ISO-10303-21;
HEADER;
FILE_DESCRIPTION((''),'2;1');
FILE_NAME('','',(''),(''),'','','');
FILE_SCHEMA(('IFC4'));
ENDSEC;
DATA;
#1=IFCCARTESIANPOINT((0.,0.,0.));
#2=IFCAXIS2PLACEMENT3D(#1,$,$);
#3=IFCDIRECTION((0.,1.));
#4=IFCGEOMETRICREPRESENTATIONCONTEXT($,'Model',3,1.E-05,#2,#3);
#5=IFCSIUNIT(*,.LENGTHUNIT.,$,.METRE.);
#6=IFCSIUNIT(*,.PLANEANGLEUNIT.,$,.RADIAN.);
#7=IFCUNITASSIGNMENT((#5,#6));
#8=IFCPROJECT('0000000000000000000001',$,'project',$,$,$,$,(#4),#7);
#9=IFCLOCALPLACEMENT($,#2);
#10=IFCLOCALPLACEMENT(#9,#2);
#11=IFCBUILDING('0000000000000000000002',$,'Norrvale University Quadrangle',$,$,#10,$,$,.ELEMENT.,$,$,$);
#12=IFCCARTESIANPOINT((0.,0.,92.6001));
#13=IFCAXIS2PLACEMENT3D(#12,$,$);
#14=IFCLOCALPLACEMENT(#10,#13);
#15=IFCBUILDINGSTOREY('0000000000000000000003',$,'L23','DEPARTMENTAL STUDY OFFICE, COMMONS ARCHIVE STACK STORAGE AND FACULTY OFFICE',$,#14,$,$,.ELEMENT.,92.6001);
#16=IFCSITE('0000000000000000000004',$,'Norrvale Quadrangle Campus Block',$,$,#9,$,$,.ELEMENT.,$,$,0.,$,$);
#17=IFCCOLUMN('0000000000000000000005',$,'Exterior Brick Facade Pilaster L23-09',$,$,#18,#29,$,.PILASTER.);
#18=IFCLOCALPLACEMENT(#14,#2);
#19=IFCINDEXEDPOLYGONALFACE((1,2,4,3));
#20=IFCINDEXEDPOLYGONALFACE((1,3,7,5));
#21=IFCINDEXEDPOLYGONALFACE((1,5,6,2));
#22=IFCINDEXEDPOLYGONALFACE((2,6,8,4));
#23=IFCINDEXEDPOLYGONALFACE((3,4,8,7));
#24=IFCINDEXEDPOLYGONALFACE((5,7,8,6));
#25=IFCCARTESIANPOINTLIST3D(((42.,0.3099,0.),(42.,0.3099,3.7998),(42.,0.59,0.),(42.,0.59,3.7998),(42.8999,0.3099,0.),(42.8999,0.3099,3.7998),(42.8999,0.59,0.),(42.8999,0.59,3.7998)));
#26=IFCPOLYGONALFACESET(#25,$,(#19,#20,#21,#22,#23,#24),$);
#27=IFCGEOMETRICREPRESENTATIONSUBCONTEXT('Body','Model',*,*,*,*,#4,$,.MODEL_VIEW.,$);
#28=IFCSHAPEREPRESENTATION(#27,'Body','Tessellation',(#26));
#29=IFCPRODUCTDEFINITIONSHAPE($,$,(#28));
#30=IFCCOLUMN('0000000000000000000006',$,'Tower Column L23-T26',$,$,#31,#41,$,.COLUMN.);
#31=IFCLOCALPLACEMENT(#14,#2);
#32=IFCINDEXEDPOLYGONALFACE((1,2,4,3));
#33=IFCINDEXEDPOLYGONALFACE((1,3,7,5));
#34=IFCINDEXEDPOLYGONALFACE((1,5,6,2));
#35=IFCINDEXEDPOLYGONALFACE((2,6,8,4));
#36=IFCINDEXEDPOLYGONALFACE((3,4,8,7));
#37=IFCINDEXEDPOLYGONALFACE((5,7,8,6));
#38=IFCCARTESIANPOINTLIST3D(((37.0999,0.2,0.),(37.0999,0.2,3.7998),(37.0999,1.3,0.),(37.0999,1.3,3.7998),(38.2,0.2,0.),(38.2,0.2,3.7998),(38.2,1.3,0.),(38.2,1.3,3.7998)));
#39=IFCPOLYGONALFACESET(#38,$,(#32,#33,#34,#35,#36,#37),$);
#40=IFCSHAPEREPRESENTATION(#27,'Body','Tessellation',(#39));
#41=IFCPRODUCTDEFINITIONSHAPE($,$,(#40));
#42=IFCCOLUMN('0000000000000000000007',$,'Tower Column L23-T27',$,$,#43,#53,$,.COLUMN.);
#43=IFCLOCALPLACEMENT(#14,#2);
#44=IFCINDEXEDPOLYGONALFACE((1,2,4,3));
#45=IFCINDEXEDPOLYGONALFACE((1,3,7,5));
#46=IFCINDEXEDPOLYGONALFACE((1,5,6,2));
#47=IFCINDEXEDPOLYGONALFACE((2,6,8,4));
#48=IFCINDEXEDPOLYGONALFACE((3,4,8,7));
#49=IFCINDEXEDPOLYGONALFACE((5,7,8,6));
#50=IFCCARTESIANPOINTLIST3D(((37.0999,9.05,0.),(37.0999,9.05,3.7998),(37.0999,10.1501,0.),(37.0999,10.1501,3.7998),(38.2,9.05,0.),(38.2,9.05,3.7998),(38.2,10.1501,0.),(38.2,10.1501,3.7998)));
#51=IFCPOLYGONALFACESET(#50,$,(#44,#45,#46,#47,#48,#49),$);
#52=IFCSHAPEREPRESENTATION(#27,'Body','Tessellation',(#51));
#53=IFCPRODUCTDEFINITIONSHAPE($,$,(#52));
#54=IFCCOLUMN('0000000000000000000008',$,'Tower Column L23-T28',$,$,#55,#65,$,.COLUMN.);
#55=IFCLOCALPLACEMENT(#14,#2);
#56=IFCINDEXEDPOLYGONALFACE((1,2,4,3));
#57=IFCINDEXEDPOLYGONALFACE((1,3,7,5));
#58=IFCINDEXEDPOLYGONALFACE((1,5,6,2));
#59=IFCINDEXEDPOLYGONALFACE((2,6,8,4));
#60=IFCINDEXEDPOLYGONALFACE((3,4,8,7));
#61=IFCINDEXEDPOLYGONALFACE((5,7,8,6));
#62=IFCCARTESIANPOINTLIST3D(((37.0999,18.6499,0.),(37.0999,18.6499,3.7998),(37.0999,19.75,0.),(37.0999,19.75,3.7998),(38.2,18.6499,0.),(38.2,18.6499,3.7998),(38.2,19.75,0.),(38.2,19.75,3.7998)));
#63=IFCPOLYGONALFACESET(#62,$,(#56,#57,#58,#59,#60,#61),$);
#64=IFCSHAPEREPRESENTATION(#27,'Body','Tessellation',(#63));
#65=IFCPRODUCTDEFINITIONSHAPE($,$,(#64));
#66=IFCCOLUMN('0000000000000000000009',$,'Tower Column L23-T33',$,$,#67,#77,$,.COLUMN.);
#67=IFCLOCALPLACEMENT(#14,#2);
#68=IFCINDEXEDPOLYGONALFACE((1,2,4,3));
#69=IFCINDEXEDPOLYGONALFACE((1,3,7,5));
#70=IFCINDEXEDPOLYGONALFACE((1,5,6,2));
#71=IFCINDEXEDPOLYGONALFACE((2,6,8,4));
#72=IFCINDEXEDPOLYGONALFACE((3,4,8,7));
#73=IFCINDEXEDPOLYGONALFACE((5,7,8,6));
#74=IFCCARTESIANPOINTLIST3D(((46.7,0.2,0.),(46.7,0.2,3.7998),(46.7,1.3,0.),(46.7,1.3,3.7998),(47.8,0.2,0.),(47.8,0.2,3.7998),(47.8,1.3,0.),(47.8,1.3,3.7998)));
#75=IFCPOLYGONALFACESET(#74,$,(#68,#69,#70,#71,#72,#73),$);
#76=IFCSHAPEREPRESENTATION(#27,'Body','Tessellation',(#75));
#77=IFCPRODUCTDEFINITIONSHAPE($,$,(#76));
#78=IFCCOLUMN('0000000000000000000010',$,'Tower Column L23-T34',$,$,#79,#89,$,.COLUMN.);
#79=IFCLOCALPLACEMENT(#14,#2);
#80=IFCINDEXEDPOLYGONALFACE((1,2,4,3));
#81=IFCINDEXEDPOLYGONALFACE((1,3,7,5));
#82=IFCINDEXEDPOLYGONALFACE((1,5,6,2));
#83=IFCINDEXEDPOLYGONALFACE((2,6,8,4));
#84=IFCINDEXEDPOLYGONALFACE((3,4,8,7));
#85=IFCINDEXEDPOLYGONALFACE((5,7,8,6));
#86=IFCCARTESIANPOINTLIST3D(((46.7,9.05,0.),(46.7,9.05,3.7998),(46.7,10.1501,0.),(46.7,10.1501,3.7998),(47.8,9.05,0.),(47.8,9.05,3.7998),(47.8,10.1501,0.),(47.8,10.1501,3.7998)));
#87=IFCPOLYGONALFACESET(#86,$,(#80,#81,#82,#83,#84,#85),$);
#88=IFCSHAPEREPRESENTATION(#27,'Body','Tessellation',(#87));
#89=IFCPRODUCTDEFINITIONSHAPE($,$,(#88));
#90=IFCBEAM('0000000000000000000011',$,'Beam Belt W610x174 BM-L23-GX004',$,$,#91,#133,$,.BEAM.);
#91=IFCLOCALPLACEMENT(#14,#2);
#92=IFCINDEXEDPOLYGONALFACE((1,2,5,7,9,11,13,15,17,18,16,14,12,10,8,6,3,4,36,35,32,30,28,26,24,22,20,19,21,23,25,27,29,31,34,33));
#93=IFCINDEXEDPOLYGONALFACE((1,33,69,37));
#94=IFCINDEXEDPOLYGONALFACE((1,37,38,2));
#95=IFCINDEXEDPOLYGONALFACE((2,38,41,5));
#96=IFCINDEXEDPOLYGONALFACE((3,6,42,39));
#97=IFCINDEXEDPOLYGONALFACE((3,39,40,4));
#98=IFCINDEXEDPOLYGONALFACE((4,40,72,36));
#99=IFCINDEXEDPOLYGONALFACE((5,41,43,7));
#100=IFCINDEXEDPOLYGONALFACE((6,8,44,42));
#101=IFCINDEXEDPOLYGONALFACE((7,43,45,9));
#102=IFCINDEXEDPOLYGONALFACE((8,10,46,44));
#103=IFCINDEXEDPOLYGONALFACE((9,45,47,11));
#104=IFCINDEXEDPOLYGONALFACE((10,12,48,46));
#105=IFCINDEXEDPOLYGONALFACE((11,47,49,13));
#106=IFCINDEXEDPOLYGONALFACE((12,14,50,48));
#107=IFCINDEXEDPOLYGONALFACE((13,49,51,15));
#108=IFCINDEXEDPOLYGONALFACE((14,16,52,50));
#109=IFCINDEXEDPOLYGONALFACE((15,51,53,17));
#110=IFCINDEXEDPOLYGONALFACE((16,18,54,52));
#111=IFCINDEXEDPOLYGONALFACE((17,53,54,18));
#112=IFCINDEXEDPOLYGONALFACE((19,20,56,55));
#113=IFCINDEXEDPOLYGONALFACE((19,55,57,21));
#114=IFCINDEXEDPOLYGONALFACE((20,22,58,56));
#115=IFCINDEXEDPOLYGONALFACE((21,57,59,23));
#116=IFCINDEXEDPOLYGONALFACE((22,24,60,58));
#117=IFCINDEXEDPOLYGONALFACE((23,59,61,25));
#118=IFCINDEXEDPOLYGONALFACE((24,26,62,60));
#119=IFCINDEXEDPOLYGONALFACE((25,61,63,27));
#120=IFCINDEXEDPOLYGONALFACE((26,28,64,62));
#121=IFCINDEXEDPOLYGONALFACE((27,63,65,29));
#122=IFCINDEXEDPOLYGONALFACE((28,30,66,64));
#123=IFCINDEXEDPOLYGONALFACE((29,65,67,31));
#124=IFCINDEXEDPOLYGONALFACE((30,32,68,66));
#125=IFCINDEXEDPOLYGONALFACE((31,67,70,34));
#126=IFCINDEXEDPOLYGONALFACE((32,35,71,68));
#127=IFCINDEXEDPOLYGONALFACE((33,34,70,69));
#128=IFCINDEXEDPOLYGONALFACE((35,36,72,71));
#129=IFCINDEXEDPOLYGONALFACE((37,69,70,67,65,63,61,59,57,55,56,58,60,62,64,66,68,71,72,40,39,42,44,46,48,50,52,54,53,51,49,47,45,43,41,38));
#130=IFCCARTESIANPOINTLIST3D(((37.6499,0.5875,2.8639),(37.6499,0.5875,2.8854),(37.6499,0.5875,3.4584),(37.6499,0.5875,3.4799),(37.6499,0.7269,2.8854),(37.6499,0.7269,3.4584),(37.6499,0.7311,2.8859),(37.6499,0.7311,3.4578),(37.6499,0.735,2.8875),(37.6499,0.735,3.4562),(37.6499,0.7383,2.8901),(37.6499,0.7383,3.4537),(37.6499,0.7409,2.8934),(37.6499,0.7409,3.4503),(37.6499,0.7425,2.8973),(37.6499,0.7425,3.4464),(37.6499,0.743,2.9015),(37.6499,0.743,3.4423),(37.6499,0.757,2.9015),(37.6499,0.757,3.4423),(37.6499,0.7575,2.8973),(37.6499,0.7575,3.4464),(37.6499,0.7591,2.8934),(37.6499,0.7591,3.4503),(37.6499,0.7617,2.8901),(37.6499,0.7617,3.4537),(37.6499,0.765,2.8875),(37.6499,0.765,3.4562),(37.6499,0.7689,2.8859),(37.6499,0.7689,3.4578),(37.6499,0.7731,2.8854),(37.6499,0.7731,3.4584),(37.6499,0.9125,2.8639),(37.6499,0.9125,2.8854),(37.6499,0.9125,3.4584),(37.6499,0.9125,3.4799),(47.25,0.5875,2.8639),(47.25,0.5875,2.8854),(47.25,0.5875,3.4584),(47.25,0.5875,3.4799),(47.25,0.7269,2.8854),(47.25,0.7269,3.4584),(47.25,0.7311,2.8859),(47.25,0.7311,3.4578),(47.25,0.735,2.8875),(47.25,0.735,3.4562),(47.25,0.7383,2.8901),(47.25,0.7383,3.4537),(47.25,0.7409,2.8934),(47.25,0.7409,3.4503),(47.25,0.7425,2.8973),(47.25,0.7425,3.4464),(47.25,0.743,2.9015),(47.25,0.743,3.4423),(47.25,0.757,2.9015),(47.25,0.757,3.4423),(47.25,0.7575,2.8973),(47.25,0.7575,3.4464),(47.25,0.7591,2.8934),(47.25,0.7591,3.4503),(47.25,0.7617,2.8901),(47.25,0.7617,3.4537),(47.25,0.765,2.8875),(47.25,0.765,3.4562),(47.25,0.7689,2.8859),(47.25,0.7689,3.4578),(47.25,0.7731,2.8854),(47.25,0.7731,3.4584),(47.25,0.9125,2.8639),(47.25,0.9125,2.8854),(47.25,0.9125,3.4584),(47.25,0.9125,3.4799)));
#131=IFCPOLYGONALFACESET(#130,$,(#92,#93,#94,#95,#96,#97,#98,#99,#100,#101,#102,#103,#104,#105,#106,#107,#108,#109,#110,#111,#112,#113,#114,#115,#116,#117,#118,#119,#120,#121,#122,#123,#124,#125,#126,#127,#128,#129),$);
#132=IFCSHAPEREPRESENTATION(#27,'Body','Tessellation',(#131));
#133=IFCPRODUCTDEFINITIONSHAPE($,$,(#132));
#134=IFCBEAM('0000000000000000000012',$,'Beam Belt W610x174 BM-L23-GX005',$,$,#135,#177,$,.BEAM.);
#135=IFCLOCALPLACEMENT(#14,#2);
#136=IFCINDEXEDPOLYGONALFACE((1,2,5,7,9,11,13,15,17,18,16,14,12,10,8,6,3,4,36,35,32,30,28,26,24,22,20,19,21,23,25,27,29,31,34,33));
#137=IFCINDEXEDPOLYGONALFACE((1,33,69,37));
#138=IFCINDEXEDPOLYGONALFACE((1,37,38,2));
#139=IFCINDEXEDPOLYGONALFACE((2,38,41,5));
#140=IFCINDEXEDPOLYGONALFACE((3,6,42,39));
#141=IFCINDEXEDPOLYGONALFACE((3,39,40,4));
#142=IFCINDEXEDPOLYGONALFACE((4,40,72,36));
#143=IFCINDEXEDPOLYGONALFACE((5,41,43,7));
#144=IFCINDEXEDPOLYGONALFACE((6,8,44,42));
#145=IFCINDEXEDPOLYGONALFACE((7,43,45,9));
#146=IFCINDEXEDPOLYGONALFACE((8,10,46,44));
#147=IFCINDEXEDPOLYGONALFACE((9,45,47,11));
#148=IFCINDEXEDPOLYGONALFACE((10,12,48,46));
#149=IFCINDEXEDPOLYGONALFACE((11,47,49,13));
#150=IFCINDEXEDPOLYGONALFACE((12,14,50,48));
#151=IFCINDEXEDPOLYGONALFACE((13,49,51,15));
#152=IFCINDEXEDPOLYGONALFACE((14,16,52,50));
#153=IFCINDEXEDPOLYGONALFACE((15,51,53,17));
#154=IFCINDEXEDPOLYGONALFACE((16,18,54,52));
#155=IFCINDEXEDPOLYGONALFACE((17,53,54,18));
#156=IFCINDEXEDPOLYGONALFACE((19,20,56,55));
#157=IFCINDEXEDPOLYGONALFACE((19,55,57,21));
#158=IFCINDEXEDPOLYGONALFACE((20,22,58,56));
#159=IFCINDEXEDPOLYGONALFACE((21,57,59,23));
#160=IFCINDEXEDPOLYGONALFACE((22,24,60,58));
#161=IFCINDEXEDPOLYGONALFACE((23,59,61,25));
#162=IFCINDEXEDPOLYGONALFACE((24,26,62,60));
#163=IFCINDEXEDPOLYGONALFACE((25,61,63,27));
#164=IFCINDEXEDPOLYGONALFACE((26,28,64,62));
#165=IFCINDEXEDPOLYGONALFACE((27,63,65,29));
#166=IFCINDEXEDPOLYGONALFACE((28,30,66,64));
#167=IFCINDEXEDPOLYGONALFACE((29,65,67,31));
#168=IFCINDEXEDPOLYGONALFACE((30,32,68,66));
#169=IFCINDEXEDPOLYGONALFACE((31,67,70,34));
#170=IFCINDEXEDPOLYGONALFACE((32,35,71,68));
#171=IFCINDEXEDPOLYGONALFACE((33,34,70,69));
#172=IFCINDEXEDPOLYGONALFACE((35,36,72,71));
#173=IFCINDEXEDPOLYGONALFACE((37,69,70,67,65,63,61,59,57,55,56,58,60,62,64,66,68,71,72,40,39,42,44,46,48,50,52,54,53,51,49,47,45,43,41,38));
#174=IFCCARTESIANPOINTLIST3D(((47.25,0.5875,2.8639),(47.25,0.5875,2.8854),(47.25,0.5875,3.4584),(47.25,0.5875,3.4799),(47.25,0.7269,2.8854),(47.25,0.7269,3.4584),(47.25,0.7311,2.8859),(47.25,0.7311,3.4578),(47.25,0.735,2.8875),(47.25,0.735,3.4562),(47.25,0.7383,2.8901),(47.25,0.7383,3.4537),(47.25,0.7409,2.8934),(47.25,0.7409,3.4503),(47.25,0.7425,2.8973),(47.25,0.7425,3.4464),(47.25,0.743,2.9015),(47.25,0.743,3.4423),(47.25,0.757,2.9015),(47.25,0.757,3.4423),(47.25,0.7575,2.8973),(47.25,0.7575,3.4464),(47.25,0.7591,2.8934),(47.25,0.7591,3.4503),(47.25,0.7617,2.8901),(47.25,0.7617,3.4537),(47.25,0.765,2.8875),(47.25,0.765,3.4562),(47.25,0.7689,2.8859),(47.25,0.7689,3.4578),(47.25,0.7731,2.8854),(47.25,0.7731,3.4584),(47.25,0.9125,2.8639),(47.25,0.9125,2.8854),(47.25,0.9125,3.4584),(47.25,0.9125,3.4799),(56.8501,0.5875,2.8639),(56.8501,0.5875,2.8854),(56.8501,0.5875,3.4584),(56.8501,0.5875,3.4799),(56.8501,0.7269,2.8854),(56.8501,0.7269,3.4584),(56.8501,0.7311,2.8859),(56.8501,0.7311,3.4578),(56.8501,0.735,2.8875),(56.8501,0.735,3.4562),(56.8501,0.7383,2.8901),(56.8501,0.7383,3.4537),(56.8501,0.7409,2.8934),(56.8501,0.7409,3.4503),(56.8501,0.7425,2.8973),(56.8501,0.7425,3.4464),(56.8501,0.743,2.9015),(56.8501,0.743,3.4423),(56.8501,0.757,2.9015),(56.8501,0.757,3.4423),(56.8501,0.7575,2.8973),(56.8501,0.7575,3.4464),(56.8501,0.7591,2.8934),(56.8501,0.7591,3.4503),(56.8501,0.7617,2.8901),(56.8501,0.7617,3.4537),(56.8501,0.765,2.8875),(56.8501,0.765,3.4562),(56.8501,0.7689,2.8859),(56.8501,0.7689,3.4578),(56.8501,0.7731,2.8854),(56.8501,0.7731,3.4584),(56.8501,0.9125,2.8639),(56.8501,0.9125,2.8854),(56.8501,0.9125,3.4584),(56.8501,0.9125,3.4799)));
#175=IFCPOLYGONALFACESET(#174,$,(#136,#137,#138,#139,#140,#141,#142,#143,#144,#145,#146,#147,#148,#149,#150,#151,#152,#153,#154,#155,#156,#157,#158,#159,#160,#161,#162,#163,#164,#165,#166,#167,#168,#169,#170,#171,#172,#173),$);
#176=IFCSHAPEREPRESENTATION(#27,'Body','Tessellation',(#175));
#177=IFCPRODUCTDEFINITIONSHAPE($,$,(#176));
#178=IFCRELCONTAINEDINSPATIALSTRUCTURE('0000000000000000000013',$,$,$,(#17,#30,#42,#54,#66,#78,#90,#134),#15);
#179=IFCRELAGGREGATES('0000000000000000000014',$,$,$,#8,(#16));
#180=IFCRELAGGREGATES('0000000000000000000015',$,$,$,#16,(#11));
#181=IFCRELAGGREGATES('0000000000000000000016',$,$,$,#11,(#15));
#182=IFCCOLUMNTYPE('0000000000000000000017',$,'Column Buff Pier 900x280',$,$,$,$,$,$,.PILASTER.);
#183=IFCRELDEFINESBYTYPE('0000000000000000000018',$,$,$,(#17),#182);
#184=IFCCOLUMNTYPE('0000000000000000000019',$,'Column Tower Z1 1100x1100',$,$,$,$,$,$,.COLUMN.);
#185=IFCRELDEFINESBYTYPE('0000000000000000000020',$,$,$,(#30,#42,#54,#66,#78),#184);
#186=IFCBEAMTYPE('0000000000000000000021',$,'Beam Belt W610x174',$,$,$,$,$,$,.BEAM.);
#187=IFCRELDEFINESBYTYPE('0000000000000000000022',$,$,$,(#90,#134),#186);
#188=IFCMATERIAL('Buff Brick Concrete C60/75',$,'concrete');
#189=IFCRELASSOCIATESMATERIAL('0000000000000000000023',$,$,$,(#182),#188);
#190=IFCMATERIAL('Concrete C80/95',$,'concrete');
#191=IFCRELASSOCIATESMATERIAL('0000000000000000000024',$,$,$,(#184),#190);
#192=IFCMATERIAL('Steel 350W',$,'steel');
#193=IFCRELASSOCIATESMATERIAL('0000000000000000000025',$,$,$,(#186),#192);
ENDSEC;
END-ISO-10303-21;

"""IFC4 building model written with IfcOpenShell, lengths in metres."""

from ifc_helpers import new_model, si_unit, direction, frame, origin, origin_2d, place, context, subcontext, project, spatial, rectangle, i_section, extrude, material, material_profile, profile_set, type_object, element, save


model = new_model("IFC4")

# Units and contexts
model_context = context("Model", 3, precision=1e-05, world=origin(), true_north=direction((0.0, 1.0)))
body_context = subcontext(model_context, "Body", "Model", "MODEL_VIEW")
ifc_project = project(units=[si_unit("LENGTHUNIT", "METRE"), si_unit("PLANEANGLEUNIT", "RADIAN")], contexts=[model_context])

# Site, building, storey
site_placement = place(None, origin())
site = spatial("IfcSite", under=ifc_project, at=site_placement, Name="Norrvale Quadrangle Campus Block", CompositionType="ELEMENT", RefElevation=0.0)
building_placement = place(site_placement, origin())
building = spatial("IfcBuilding", under=site, at=building_placement, Name="Norrvale University Quadrangle", CompositionType="ELEMENT")
storey_placement = place(building_placement, frame((0.0, 0.0, 92.6001)))
storey = spatial("IfcBuildingStorey", under=building, at=storey_placement, Name="L23", Description="DEPARTMENTAL STUDY OFFICE, COMMONS ARCHIVE STACK STORAGE AND FACULTY OFFICE", CompositionType="ELEMENT", Elevation=92.6001)

# Columns
ifc_material_1 = material(Name="Buff Brick Concrete C60/75", Category="concrete")
ifc_material_profile_1 = material_profile(ifc_material_1, rectangle(XDim=0.8999, YDim=0.28, at=origin_2d()), Name="Buff Brick Concrete C60/75")
ifc_profile_set_1 = profile_set([ifc_material_profile_1], Name="Buff Brick Concrete C60/75")
column_type_1 = type_object("IfcColumnType", Name="Column Buff Pier 900x280", PredefinedType="PILASTER", material=ifc_profile_set_1)
column_placement = place(storey_placement, frame((42.45, 0.45, 0.0), z_axis=(0.0, 0.0, 1.0), x_axis=(1.0, 0.0, 0.0)))
element("IfcColumn", 1, at=column_placement, inside=storey, type_object=column_type_1, Name="Exterior Brick Facade Pilaster L23-09", PredefinedType="PILASTER", context=body_context, shape_type="SweptSolid", body=[
    extrude(rectangle(XDim=0.8999, YDim=0.28, at=origin_2d()), origin(), (0.0, 0.0, 1.0), 3.7998),
])
ifc_material_2 = material(Name="Concrete C80/95", Category="concrete")
ifc_material_profile_2 = material_profile(ifc_material_2, rectangle(XDim=1.1001, YDim=1.1001, at=origin_2d()), Name="Concrete C80/95")
ifc_profile_set_2 = profile_set([ifc_material_profile_2], Name="Concrete C80/95")
column_type_2 = type_object("IfcColumnType", Name="Column Tower Z1 1100x1100", PredefinedType="COLUMN", material=ifc_profile_set_2)
for number, where, z_axis, x_axis, name in (
    (2, (37.6499, 0.75, 0.0), (0.0, 0.0, 1.0), (1.0, 0.0, 0.0), "Tower Column L23-T26"),
    (3, (37.6499, 9.6001, 0.0), (0.0, 0.0, 1.0), (1.0, 0.0, 0.0), "Tower Column L23-T27"),
    (4, (37.6499, 19.2, 0.0), (0.0, 0.0, 1.0), (1.0, 0.0, 0.0), "Tower Column L23-T28"),
    (5, (47.25, 0.75, 0.0), (0.0, 0.0, 1.0), (1.0, 0.0, 0.0), "Tower Column L23-T33"),
    (6, (47.25, 9.6001, 0.0), (0.0, 0.0, 1.0), (1.0, 0.0, 0.0), "Tower Column L23-T34"),
):
    element("IfcColumn", number, at=place(storey_placement, frame(where, z_axis=z_axis, x_axis=x_axis)), inside=storey, type_object=column_type_2, Name=name, PredefinedType="COLUMN", context=body_context, shape_type="SweptSolid", body=[
        extrude(rectangle(XDim=1.1001, YDim=1.1001, at=origin_2d()), origin(), (0.0, 0.0, 1.0), 3.7998),
    ])

# Beams
ifc_material_3 = material(Name="Steel 350W", Category="steel")
ifc_material_profile_3 = material_profile(ifc_material_3, i_section(OverallWidth=0.325, OverallDepth=0.616, WebThickness=0.0139, FlangeThickness=0.0215, FilletRadius=0.0161, at=origin_2d()), Name="Steel 350W")
ifc_profile_set_3 = profile_set([ifc_material_profile_3], Name="Steel 350W")
beam_type_1 = type_object("IfcBeamType", Name="Beam Belt W610x174", PredefinedType="BEAM", material=ifc_profile_set_3)
for number, where, z_axis, x_axis, name in (
    (7, (37.6499, 0.75, 3.1719), (1.0, 0.0, 0.0), (0.0, 1.0, 0.0), "Beam Belt W610x174 BM-L23-GX004"),
    (8, (47.25, 0.75, 3.1719), (1.0, 0.0, 0.0), (0.0, 1.0, 0.0), "Beam Belt W610x174 BM-L23-GX005"),
):
    element("IfcBeam", number, at=place(storey_placement, frame(where, z_axis=z_axis, x_axis=x_axis)), inside=storey, type_object=beam_type_1, Name=name, PredefinedType="BEAM", context=body_context, shape_type="SweptSolid", body=[
        extrude(i_section(OverallWidth=0.325, OverallDepth=0.616, WebThickness=0.0139, FlangeThickness=0.0215, FilletRadius=0.0161, at=origin_2d()), origin(), (0.0, 0.0, 1.0), 9.6001),
    ])

save(model, "model.ifc")
